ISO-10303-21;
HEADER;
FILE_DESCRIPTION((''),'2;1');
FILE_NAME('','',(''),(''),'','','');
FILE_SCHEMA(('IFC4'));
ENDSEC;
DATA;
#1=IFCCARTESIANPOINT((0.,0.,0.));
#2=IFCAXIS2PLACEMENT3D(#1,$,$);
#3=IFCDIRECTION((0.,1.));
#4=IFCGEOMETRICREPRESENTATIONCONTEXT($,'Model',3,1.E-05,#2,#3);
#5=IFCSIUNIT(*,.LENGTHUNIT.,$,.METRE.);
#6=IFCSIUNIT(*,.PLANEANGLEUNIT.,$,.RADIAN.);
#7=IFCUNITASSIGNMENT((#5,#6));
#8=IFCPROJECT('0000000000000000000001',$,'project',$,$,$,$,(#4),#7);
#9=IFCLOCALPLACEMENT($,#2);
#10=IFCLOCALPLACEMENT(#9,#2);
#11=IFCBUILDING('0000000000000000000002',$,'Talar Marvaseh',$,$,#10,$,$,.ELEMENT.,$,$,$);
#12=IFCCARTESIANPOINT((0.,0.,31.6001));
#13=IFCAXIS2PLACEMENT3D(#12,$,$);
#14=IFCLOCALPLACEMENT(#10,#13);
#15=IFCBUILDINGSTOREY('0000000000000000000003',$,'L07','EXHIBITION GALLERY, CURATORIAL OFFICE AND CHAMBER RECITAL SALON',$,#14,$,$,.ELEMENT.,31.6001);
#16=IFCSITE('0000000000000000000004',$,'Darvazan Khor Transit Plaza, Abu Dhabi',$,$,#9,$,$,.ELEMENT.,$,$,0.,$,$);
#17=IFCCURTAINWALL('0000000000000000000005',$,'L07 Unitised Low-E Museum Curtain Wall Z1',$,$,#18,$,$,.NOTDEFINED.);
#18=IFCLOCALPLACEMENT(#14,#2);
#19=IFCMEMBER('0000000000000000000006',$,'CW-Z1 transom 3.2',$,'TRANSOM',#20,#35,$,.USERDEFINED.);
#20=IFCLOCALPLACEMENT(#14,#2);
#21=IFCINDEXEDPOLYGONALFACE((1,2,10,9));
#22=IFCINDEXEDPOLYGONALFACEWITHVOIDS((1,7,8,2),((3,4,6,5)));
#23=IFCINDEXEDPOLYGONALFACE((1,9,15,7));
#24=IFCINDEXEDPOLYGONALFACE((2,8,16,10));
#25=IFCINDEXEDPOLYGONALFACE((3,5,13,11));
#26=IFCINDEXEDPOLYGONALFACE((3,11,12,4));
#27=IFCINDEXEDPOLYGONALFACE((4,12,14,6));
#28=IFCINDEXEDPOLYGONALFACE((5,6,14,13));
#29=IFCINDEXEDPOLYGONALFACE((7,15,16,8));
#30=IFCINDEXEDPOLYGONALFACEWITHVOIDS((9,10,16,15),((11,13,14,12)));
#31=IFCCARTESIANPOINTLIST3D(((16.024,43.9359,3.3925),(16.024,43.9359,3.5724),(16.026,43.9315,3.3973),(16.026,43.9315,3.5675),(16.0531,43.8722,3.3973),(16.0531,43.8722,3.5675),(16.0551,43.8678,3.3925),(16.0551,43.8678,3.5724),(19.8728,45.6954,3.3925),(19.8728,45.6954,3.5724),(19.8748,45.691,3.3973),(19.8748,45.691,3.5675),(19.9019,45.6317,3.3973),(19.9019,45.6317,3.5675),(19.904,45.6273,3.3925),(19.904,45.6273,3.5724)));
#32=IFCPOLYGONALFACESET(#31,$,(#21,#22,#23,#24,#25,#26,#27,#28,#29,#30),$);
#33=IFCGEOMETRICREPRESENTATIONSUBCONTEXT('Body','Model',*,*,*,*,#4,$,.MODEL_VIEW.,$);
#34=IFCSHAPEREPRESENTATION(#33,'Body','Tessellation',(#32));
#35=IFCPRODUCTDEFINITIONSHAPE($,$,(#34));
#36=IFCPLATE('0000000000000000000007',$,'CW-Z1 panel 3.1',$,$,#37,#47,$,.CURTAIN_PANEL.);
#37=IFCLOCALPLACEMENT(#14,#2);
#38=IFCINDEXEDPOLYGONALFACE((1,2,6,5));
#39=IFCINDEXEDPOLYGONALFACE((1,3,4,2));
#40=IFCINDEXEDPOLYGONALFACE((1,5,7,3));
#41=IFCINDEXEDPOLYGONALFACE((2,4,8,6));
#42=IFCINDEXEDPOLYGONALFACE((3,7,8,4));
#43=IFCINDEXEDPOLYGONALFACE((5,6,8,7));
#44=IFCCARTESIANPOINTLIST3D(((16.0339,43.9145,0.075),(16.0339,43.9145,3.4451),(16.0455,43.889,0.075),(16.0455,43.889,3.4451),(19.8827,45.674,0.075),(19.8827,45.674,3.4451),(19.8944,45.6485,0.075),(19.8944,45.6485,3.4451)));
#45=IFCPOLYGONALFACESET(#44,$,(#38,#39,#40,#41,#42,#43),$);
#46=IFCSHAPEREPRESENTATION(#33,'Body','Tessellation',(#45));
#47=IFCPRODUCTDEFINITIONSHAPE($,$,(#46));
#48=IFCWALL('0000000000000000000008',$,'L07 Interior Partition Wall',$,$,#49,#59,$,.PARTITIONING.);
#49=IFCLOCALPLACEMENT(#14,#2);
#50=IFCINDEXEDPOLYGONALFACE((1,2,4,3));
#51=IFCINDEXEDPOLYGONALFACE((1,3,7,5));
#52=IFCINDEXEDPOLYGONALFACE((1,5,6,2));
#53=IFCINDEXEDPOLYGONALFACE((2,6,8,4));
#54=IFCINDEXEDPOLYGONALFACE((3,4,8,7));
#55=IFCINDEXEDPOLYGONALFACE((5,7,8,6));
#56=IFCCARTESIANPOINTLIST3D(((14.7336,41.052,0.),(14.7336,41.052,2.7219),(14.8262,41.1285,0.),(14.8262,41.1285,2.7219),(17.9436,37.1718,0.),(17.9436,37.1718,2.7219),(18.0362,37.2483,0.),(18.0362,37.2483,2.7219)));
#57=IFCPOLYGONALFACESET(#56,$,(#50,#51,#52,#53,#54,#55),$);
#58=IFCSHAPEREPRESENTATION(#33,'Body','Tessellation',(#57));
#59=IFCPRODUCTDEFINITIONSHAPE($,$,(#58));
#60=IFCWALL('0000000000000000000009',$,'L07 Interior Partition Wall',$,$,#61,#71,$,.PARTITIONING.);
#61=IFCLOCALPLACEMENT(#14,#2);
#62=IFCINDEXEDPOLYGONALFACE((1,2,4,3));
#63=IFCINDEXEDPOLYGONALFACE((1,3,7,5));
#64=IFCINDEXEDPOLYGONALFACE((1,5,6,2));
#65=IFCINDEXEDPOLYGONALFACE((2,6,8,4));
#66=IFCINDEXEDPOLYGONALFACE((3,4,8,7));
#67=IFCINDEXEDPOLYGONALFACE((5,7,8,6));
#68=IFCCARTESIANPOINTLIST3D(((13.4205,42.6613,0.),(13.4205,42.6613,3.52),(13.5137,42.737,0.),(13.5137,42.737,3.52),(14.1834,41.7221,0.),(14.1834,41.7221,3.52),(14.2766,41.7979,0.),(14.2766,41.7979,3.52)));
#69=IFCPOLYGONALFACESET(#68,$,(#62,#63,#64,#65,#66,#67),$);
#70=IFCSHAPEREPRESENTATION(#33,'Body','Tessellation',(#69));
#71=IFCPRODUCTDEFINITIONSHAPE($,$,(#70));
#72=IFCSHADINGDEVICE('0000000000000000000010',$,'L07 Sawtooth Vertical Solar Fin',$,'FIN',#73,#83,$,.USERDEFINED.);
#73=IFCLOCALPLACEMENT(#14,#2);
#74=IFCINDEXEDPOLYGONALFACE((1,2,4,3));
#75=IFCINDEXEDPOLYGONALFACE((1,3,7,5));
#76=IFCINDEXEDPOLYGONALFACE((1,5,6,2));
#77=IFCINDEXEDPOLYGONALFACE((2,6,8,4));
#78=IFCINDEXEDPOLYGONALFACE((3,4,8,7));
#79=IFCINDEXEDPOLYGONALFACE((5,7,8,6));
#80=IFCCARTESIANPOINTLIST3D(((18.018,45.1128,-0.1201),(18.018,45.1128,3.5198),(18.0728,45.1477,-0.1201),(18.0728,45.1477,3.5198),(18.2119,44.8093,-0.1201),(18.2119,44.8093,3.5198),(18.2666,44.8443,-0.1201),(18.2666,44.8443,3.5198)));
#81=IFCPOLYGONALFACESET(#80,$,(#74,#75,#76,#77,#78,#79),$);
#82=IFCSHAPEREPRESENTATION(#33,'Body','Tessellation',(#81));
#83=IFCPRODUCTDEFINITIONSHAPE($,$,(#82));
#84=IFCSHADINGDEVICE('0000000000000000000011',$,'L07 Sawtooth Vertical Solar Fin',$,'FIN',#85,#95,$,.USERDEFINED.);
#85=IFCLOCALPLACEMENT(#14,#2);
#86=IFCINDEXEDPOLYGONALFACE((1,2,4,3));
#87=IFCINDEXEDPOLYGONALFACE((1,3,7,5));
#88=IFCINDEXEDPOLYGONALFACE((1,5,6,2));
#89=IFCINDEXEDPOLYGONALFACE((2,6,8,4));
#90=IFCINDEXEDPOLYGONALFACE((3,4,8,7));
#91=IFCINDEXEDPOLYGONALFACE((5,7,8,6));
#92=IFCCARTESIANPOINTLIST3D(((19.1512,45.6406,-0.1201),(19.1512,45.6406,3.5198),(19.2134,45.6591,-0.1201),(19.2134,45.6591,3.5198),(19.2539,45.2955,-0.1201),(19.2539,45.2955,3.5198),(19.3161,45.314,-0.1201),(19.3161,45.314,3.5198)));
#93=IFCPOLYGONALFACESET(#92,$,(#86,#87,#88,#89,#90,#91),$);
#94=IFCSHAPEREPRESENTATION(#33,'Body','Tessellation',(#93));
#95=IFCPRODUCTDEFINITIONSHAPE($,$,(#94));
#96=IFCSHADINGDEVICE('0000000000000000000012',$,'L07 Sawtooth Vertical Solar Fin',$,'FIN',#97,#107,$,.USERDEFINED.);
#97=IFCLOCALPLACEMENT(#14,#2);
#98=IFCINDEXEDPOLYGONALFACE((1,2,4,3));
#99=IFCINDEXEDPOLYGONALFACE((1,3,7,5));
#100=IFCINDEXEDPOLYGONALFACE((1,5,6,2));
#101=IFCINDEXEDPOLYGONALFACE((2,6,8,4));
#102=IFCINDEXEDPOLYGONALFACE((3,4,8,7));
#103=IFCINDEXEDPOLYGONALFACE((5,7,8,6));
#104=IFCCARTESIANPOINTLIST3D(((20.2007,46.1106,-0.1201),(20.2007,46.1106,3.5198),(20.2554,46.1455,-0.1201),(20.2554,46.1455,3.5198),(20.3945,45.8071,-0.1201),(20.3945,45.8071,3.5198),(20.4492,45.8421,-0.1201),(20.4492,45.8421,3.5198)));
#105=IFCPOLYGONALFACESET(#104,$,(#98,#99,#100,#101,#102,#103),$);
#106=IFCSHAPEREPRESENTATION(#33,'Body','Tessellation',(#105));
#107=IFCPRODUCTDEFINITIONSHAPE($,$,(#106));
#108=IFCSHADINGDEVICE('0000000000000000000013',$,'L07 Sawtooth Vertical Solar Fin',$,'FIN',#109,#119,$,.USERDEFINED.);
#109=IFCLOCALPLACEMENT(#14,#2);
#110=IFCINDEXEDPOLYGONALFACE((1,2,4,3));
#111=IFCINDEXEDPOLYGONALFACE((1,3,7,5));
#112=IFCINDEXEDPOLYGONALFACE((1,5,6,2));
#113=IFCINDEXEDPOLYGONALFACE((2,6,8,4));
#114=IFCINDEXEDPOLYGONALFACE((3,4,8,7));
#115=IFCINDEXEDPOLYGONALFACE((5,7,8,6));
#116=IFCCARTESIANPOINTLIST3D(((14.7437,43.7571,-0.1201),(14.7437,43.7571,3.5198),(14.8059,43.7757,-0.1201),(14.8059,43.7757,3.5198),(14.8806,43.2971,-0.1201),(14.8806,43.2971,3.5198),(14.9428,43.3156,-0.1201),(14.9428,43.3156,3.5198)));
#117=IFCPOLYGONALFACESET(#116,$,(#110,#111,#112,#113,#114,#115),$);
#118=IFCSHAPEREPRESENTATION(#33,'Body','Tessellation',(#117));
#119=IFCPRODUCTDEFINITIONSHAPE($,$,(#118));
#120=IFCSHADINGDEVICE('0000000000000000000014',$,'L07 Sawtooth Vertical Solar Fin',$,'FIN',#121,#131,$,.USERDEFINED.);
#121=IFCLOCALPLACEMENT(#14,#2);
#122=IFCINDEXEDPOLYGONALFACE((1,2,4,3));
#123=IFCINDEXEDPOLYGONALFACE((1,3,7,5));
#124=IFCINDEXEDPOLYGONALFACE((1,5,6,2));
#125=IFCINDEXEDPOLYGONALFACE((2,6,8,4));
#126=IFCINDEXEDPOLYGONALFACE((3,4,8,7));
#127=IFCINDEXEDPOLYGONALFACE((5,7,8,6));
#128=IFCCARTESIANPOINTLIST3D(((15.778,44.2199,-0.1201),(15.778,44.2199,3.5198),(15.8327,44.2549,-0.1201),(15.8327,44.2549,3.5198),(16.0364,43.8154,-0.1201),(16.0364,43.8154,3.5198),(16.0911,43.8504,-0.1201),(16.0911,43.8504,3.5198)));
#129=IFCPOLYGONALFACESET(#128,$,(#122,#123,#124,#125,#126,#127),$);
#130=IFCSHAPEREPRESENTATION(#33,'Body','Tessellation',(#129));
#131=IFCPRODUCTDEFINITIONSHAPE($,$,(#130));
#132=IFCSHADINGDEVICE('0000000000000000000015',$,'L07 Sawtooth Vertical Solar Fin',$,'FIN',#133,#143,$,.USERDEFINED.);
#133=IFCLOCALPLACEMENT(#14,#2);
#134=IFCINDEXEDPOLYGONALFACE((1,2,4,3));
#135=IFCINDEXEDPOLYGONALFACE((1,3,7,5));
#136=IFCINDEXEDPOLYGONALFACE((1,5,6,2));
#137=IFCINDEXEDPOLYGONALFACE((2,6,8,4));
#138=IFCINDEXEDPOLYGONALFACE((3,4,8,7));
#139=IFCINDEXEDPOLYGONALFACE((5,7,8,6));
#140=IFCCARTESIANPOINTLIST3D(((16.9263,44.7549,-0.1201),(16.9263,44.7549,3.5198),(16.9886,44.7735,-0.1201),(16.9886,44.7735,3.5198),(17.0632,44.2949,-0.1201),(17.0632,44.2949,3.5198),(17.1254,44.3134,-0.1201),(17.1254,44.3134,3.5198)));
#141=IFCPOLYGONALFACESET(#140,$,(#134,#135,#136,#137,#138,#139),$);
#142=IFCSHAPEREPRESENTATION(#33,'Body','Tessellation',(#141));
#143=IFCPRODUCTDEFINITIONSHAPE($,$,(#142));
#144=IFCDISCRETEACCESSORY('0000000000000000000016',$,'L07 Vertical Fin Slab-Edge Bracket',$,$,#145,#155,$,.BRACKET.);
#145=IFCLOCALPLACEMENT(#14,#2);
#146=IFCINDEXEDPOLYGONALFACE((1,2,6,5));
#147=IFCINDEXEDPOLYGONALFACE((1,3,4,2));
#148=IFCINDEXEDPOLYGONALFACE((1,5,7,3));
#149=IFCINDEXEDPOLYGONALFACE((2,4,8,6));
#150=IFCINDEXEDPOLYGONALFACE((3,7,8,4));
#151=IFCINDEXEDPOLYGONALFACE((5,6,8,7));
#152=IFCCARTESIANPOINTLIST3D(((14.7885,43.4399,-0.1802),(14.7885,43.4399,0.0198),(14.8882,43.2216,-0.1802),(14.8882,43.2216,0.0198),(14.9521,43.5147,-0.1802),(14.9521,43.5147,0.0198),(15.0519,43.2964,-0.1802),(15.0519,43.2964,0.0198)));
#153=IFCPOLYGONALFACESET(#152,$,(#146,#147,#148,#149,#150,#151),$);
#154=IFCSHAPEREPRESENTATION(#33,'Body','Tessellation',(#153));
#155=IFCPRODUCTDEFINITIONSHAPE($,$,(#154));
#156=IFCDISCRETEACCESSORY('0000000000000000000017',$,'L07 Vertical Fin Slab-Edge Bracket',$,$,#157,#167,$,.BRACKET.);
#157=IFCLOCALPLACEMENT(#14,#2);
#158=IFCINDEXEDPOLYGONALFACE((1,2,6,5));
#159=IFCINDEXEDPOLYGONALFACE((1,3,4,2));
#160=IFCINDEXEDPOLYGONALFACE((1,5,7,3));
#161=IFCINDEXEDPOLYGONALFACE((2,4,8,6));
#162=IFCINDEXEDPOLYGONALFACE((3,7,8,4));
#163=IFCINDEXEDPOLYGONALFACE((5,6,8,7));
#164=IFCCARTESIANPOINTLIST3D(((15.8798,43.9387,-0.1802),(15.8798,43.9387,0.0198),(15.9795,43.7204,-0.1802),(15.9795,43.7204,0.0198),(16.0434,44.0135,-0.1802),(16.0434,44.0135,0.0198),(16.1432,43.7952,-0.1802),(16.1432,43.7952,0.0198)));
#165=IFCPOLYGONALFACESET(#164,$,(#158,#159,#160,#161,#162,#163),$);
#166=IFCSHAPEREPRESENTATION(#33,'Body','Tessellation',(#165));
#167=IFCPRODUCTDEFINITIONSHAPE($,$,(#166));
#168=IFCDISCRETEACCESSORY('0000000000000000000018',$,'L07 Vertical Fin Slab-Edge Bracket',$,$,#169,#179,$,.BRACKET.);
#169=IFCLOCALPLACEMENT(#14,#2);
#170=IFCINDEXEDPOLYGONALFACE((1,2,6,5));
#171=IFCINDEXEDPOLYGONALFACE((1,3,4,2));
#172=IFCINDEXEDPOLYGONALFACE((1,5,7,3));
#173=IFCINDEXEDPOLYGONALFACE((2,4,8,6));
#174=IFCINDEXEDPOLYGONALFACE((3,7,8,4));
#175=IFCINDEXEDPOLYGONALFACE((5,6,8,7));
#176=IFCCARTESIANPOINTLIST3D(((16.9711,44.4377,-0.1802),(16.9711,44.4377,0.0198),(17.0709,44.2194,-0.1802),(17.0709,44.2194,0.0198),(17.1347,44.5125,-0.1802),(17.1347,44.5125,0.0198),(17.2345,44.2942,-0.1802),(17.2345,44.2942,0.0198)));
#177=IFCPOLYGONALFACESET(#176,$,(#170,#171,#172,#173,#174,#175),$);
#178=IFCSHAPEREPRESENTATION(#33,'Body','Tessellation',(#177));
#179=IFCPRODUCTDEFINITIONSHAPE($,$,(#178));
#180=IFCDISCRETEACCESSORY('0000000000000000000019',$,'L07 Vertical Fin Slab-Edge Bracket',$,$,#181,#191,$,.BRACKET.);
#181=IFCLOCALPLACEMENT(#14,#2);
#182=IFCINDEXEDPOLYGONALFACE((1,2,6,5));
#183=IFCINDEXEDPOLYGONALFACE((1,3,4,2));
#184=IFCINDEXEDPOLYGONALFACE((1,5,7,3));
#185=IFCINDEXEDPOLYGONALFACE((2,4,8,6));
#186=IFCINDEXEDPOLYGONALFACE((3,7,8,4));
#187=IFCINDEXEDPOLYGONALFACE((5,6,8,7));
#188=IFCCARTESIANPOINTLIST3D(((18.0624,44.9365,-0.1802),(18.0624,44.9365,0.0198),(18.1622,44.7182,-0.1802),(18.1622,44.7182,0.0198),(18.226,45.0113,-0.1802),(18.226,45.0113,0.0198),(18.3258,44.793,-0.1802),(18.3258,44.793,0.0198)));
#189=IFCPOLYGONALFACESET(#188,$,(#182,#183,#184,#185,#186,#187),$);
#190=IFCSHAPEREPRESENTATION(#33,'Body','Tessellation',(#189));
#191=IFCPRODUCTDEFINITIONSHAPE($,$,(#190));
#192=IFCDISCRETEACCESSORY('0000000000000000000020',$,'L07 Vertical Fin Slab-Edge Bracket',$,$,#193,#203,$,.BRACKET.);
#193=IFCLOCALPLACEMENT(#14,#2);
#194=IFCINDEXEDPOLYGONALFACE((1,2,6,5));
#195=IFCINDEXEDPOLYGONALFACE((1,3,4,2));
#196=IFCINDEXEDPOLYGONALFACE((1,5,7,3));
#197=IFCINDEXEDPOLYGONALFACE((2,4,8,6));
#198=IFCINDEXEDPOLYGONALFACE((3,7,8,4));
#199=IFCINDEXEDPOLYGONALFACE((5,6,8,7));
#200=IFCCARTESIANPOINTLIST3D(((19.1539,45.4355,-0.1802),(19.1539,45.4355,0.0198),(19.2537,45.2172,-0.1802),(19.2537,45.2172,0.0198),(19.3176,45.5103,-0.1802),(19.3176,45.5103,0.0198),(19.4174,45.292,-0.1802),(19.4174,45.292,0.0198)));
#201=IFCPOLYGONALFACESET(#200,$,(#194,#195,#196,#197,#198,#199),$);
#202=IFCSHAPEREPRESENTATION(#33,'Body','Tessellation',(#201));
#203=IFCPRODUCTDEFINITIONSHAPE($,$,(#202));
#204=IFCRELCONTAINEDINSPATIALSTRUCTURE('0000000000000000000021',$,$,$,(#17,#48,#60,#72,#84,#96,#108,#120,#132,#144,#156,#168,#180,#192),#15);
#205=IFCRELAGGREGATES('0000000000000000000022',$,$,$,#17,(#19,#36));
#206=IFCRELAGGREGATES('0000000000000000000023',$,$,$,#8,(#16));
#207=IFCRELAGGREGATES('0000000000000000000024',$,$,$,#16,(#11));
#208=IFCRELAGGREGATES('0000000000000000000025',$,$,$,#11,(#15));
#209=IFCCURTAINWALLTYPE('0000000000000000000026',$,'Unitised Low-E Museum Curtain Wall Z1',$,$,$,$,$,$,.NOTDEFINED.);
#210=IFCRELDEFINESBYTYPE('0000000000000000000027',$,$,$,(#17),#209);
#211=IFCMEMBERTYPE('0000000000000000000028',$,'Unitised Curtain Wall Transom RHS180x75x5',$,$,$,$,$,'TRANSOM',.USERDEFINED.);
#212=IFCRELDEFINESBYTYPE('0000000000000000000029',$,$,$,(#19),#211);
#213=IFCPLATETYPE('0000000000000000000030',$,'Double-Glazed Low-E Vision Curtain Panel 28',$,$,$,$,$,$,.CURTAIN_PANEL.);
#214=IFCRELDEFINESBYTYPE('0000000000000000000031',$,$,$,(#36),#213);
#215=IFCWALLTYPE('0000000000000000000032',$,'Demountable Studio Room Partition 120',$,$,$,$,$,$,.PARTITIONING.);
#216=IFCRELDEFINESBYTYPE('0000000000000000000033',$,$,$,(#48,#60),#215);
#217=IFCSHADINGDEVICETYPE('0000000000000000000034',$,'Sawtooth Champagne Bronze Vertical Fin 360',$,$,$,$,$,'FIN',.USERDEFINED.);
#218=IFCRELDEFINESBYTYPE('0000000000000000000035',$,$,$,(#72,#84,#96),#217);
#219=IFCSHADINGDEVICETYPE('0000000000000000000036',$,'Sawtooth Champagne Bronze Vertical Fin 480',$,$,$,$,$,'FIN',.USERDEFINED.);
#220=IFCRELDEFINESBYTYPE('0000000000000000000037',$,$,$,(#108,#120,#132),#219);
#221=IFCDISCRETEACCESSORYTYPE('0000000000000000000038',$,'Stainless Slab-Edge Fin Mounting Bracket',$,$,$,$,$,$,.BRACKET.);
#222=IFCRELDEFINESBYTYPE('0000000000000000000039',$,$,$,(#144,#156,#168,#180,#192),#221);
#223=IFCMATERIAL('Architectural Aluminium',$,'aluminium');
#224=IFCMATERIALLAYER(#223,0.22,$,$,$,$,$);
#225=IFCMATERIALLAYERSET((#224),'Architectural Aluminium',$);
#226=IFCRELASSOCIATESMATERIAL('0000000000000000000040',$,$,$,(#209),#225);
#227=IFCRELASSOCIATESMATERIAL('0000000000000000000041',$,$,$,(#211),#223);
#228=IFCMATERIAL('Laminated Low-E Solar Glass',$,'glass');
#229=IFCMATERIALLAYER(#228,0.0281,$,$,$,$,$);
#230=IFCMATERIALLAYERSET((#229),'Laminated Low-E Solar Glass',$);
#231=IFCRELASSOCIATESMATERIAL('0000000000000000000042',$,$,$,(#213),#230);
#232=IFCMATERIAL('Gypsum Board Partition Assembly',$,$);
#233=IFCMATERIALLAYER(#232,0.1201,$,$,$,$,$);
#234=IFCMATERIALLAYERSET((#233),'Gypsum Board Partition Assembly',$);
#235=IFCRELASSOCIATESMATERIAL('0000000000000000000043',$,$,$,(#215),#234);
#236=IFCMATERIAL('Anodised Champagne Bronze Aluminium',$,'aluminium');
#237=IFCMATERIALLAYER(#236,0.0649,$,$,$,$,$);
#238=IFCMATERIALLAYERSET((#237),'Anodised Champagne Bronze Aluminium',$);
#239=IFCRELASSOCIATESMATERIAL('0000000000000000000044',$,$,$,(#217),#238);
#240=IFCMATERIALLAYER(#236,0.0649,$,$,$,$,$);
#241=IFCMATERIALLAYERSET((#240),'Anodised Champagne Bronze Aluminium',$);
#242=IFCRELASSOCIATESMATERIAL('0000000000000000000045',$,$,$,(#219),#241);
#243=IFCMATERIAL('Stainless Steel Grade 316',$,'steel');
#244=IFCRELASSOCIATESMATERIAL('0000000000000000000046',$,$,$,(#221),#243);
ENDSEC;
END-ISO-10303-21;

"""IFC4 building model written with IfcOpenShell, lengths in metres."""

from ifc_helpers import new_model, si_unit, direction, frame, frame_2d, origin, origin_2d, place, context, subcontext, project, spatial, rectangle, hollow_rectangle, extrude, source, transform, mapped, material, layer, layer_set, material_profile, profile_set, type_object, type_shapes, element, aggregate, save


model = new_model("IFC4")

# Units and contexts
model_context = context("Model", 3, precision=1e-05, world=origin(), true_north=direction((0.0, 1.0)))
body_context = subcontext(model_context, "Body", "Model", "MODEL_VIEW")
ifc_project = project(units=[si_unit("LENGTHUNIT", "METRE"), si_unit("PLANEANGLEUNIT", "RADIAN")], contexts=[model_context])

# Site, building, storey
site_placement = place(None, origin())
site = spatial("IfcSite", under=ifc_project, at=site_placement, Name="Darvazan Khor Transit Plaza, Abu Dhabi", CompositionType="ELEMENT", RefElevation=0.0)
building_placement = place(site_placement, origin())
building = spatial("IfcBuilding", under=site, at=building_placement, Name="Talar Marvaseh", CompositionType="ELEMENT")
storey_placement = place(building_placement, frame((0.0, 0.0, 31.6001)))
storey = spatial("IfcBuildingStorey", under=building, at=storey_placement, Name="L07", Description="EXHIBITION GALLERY, CURATORIAL OFFICE AND CHAMBER RECITAL SALON", CompositionType="ELEMENT", Elevation=31.6001)

# Curtain wall, member, plate
ifc_material_1 = material(Name="Architectural Aluminium", Category="aluminium")
ifc_layer_1 = layer(ifc_material_1, 0.22)
ifc_layer_set_1 = layer_set([ifc_layer_1], Name="Architectural Aluminium")
curtain_wall_type = type_object("IfcCurtainWallType", Name="Unitised Low-E Museum Curtain Wall Z1", PredefinedType="NOTDEFINED", material=ifc_layer_set_1)
curtain_wall_placement = place(storey_placement, origin())
curtain_wall = element("IfcCurtainWall", 1, at=curtain_wall_placement, inside=storey, type_object=curtain_wall_type, Name="L07 Unitised Low-E Museum Curtain Wall Z1", PredefinedType="NOTDEFINED")
ifc_material_profile_1 = material_profile(ifc_material_1, hollow_rectangle(XDim=0.075, YDim=0.1799, WallThickness=0.0049, at=origin_2d()), Name="RHS180x75x5")
ifc_profile_set_1 = profile_set([ifc_material_profile_1], Name="Architectural Aluminium")
member_type_1 = type_object("IfcMemberType", Name="Unitised Curtain Wall Transom RHS180x75x5", ElementType="TRANSOM", PredefinedType="USERDEFINED", material=ifc_profile_set_1)
shared_shape_1 = source(origin(), body_context, "Body", "SweptSolid", [
    extrude(hollow_rectangle(XDim=0.075, YDim=0.1799, WallThickness=0.0049, at=origin_2d()), origin(), (0.0, 0.0, 1.0), 4.2319),
])
member_1_placement = place(storey_placement, frame((16.0396, 43.9019, 3.4824), z_axis=(0.909471, 0.415767, 0.0), x_axis=(-0.415767, 0.909471, 0.0)))
member_1 = element("IfcMember", 2, at=member_1_placement, type_object=member_type_1, Name="CW-Z1 transom 3.2", ObjectType="TRANSOM", PredefinedType="USERDEFINED", context=body_context, shape_type="MappedRepresentation", body=[
    mapped(shared_shape_1, transform((0.0, 0.0, 0.0), x_axis=(1.0, 0.0, 0.0), y_axis=(0.0, 1.0, 0.0), z_axis=(0.0, 0.0, 1.0), scale=1.0)),
])
ifc_material_2 = material(Name="Laminated Low-E Solar Glass", Category="glass")
ifc_layer_2 = layer(ifc_material_2, 0.0281)
ifc_layer_set_2 = layer_set([ifc_layer_2], Name="Laminated Low-E Solar Glass")
plate_type = type_object("IfcPlateType", Name="Double-Glazed Low-E Vision Curtain Panel 28", PredefinedType="CURTAIN_PANEL", material=ifc_layer_set_2)
shared_shape_2 = source(origin(), body_context, "Body", "SweptSolid", [
    extrude(rectangle(XDim=4.2319, YDim=0.0281, at=origin_2d()), origin(), (0.0, 0.0, 1.0), 3.3701),
])
type_shapes(plate_type, [shared_shape_2])
plate_placement = place(storey_placement, frame((17.9641, 44.7815, 0.075), z_axis=(0.0, 0.0, 1.0), x_axis=(0.90947, 0.41577, 0.0)))
plate = element("IfcPlate", 3, at=plate_placement, type_object=plate_type, Name="CW-Z1 panel 3.1", PredefinedType="CURTAIN_PANEL", context=body_context, shape_type="MappedRepresentation", body=[
    mapped(shared_shape_2, transform((0.0, 0.0, 0.0), x_axis=(1.0, 0.0, 0.0), y_axis=(0.0, 1.0, 0.0), z_axis=(0.0, 0.0, 1.0), scale=1.0)),
])
aggregate(curtain_wall, [member_1, plate])

# Walls
ifc_material_3 = material(Name="Gypsum Board Partition Assembly")
ifc_layer_3 = layer(ifc_material_3, 0.1201)
ifc_layer_set_3 = layer_set([ifc_layer_3], Name="Gypsum Board Partition Assembly")
wall_type = type_object("IfcWallType", Name="Demountable Studio Room Partition 120", PredefinedType="PARTITIONING", material=ifc_layer_set_3)
wall_1_placement = place(storey_placement, frame((17.99, 37.21, 0.0), z_axis=(0.0, 0.0, 1.0), x_axis=(-0.637429, 0.770509, 0.0)))
element("IfcWall", 4, at=wall_1_placement, inside=storey, type_object=wall_type, Name="L07 Interior Partition Wall", PredefinedType="PARTITIONING", context=body_context, shape_type="SweptSolid", body=[
    extrude(rectangle(XDim=5.0359, YDim=0.1201, at=frame_2d((2.5181, 0.0))), origin(), (0.0, 0.0, 1.0), 2.7219),
])
wall_2_placement = place(storey_placement, frame((14.23, 41.76, 0.0), z_axis=(0.0, 0.0, 1.0), x_axis=(-0.630509, 0.776182, 0.0)))
element("IfcWall", 5, at=wall_2_placement, inside=storey, type_object=wall_type, Name="L07 Interior Partition Wall", PredefinedType="PARTITIONING", context=body_context, shape_type="SweptSolid", body=[
    extrude(rectangle(XDim=1.21, YDim=0.1201, at=frame_2d((0.605, 0.0))), origin(), (0.0, 0.0, 1.0), 3.52),
])

# Shading devices
ifc_material_4 = material(Name="Anodised Champagne Bronze Aluminium", Category="aluminium")
ifc_layer_4 = layer(ifc_material_4, 0.0649)
ifc_layer_set_4 = layer_set([ifc_layer_4], Name="Anodised Champagne Bronze Aluminium")
shading_device_type_1 = type_object("IfcShadingDeviceType", Name="Sawtooth Champagne Bronze Vertical Fin 360", ElementType="FIN", PredefinedType="USERDEFINED", material=ifc_layer_set_4)
shared_shape_3 = source(origin(), body_context, "Body", "SweptSolid", [
    extrude(rectangle(XDim=0.3601, YDim=0.0649, at=origin_2d()), origin(), (0.0, 0.0, 1.0), 3.6399),
])
type_shapes(shading_device_type_1, [shared_shape_3])
for number, where, z_axis, x_axis, name in (
    (6, (18.1423, 44.9785, -0.1201), (0.0, 0.0, 1.0), (-0.53833, 0.842734, 0.0), "L07 Sawtooth Vertical Solar Fin"),
    (7, (19.2336, 45.4773, -0.1201), (0.0, 0.0, 1.0), (-0.285187, 0.958472, 0.0), "L07 Sawtooth Vertical Solar Fin"),
    (8, (20.325, 45.9763, -0.1201), (0.0, 0.0, 1.0), (-0.53833, 0.842734, 0.0), "L07 Sawtooth Vertical Solar Fin"),
):
    element("IfcShadingDevice", number, at=place(storey_placement, frame(where, z_axis=z_axis, x_axis=x_axis)), inside=storey, type_object=shading_device_type_1, Name=name, ObjectType="FIN", PredefinedType="USERDEFINED", context=body_context, shape_type="MappedRepresentation", body=[
        mapped(shared_shape_3, transform((0.0, 0.0, 0.0), x_axis=(1.0, 0.0, 0.0), y_axis=(0.0, 1.0, 0.0), z_axis=(0.0, 0.0, 1.0), scale=1.0)),
    ])
ifc_layer_5 = layer(ifc_material_4, 0.0649)
ifc_layer_set_5 = layer_set([ifc_layer_5], Name="Anodised Champagne Bronze Aluminium")
shading_device_type_2 = type_object("IfcShadingDeviceType", Name="Sawtooth Champagne Bronze Vertical Fin 480", ElementType="FIN", PredefinedType="USERDEFINED", material=ifc_layer_set_5)
shared_shape_4 = source(origin(), body_context, "Body", "SweptSolid", [
    extrude(rectangle(XDim=0.48, YDim=0.0649, at=origin_2d()), origin(), (0.0, 0.0, 1.0), 3.6399),
])
type_shapes(shading_device_type_2, [shared_shape_4])
for number, where, z_axis, x_axis, name in (
    (9, (14.8433, 43.5364, -0.1201), (0.0, 0.0, 1.0), (-0.285187, 0.958472, 0.0), "L07 Sawtooth Vertical Solar Fin"),
    (10, (15.9346, 44.0352, -0.1201), (0.0, 0.0, 1.0), (-0.53833, 0.842734, 0.0), "L07 Sawtooth Vertical Solar Fin"),
    (11, (17.0259, 44.5342, -0.1201), (0.0, 0.0, 1.0), (-0.285187, 0.958472, 0.0), "L07 Sawtooth Vertical Solar Fin"),
):
    element("IfcShadingDevice", number, at=place(storey_placement, frame(where, z_axis=z_axis, x_axis=x_axis)), inside=storey, type_object=shading_device_type_2, Name=name, ObjectType="FIN", PredefinedType="USERDEFINED", context=body_context, shape_type="MappedRepresentation", body=[
        mapped(shared_shape_4, transform((0.0, 0.0, 0.0), x_axis=(1.0, 0.0, 0.0), y_axis=(0.0, 1.0, 0.0), z_axis=(0.0, 0.0, 1.0), scale=1.0)),
    ])

# Discrete accessories
ifc_material_5 = material(Name="Stainless Steel Grade 316", Category="steel")
discrete_accessory_type = type_object("IfcDiscreteAccessoryType", Name="Stainless Slab-Edge Fin Mounting Bracket", PredefinedType="BRACKET", material=ifc_material_5)
shared_shape_5 = source(origin(), body_context, "Body", "SweptSolid", [
    extrude(rectangle(XDim=0.24, YDim=0.1799, at=origin_2d()), origin(), (0.0, 0.0, 1.0), 0.2),
])
type_shapes(discrete_accessory_type, [shared_shape_5])
for number, where, z_axis, x_axis, name in (
    (12, (14.9202, 43.3682, -0.1802), (0.0, 0.0, 1.0), (-0.415805, 0.909454, 0.0), "L07 Vertical Fin Slab-Edge Bracket"),
    (13, (16.0115, 43.8669, -0.1802), (0.0, 0.0, 1.0), (-0.415805, 0.909454, 0.0), "L07 Vertical Fin Slab-Edge Bracket"),
    (14, (17.1028, 44.366, -0.1802), (0.0, 0.0, 1.0), (-0.415805, 0.909454, 0.0), "L07 Vertical Fin Slab-Edge Bracket"),
    (15, (18.1941, 44.8647, -0.1802), (0.0, 0.0, 1.0), (-0.415805, 0.909454, 0.0), "L07 Vertical Fin Slab-Edge Bracket"),
    (16, (19.2856, 45.3638, -0.1802), (0.0, 0.0, 1.0), (-0.415805, 0.909454, 0.0), "L07 Vertical Fin Slab-Edge Bracket"),
):
    element("IfcDiscreteAccessory", number, at=place(storey_placement, frame(where, z_axis=z_axis, x_axis=x_axis)), inside=storey, type_object=discrete_accessory_type, Name=name, PredefinedType="BRACKET", context=body_context, shape_type="MappedRepresentation", body=[
        mapped(shared_shape_5, transform((0.0, 0.0, 0.0), x_axis=(1.0, 0.0, 0.0), y_axis=(0.0, 1.0, 0.0), z_axis=(0.0, 0.0, 1.0), scale=1.0)),
    ])

save(model, "model.ifc")
